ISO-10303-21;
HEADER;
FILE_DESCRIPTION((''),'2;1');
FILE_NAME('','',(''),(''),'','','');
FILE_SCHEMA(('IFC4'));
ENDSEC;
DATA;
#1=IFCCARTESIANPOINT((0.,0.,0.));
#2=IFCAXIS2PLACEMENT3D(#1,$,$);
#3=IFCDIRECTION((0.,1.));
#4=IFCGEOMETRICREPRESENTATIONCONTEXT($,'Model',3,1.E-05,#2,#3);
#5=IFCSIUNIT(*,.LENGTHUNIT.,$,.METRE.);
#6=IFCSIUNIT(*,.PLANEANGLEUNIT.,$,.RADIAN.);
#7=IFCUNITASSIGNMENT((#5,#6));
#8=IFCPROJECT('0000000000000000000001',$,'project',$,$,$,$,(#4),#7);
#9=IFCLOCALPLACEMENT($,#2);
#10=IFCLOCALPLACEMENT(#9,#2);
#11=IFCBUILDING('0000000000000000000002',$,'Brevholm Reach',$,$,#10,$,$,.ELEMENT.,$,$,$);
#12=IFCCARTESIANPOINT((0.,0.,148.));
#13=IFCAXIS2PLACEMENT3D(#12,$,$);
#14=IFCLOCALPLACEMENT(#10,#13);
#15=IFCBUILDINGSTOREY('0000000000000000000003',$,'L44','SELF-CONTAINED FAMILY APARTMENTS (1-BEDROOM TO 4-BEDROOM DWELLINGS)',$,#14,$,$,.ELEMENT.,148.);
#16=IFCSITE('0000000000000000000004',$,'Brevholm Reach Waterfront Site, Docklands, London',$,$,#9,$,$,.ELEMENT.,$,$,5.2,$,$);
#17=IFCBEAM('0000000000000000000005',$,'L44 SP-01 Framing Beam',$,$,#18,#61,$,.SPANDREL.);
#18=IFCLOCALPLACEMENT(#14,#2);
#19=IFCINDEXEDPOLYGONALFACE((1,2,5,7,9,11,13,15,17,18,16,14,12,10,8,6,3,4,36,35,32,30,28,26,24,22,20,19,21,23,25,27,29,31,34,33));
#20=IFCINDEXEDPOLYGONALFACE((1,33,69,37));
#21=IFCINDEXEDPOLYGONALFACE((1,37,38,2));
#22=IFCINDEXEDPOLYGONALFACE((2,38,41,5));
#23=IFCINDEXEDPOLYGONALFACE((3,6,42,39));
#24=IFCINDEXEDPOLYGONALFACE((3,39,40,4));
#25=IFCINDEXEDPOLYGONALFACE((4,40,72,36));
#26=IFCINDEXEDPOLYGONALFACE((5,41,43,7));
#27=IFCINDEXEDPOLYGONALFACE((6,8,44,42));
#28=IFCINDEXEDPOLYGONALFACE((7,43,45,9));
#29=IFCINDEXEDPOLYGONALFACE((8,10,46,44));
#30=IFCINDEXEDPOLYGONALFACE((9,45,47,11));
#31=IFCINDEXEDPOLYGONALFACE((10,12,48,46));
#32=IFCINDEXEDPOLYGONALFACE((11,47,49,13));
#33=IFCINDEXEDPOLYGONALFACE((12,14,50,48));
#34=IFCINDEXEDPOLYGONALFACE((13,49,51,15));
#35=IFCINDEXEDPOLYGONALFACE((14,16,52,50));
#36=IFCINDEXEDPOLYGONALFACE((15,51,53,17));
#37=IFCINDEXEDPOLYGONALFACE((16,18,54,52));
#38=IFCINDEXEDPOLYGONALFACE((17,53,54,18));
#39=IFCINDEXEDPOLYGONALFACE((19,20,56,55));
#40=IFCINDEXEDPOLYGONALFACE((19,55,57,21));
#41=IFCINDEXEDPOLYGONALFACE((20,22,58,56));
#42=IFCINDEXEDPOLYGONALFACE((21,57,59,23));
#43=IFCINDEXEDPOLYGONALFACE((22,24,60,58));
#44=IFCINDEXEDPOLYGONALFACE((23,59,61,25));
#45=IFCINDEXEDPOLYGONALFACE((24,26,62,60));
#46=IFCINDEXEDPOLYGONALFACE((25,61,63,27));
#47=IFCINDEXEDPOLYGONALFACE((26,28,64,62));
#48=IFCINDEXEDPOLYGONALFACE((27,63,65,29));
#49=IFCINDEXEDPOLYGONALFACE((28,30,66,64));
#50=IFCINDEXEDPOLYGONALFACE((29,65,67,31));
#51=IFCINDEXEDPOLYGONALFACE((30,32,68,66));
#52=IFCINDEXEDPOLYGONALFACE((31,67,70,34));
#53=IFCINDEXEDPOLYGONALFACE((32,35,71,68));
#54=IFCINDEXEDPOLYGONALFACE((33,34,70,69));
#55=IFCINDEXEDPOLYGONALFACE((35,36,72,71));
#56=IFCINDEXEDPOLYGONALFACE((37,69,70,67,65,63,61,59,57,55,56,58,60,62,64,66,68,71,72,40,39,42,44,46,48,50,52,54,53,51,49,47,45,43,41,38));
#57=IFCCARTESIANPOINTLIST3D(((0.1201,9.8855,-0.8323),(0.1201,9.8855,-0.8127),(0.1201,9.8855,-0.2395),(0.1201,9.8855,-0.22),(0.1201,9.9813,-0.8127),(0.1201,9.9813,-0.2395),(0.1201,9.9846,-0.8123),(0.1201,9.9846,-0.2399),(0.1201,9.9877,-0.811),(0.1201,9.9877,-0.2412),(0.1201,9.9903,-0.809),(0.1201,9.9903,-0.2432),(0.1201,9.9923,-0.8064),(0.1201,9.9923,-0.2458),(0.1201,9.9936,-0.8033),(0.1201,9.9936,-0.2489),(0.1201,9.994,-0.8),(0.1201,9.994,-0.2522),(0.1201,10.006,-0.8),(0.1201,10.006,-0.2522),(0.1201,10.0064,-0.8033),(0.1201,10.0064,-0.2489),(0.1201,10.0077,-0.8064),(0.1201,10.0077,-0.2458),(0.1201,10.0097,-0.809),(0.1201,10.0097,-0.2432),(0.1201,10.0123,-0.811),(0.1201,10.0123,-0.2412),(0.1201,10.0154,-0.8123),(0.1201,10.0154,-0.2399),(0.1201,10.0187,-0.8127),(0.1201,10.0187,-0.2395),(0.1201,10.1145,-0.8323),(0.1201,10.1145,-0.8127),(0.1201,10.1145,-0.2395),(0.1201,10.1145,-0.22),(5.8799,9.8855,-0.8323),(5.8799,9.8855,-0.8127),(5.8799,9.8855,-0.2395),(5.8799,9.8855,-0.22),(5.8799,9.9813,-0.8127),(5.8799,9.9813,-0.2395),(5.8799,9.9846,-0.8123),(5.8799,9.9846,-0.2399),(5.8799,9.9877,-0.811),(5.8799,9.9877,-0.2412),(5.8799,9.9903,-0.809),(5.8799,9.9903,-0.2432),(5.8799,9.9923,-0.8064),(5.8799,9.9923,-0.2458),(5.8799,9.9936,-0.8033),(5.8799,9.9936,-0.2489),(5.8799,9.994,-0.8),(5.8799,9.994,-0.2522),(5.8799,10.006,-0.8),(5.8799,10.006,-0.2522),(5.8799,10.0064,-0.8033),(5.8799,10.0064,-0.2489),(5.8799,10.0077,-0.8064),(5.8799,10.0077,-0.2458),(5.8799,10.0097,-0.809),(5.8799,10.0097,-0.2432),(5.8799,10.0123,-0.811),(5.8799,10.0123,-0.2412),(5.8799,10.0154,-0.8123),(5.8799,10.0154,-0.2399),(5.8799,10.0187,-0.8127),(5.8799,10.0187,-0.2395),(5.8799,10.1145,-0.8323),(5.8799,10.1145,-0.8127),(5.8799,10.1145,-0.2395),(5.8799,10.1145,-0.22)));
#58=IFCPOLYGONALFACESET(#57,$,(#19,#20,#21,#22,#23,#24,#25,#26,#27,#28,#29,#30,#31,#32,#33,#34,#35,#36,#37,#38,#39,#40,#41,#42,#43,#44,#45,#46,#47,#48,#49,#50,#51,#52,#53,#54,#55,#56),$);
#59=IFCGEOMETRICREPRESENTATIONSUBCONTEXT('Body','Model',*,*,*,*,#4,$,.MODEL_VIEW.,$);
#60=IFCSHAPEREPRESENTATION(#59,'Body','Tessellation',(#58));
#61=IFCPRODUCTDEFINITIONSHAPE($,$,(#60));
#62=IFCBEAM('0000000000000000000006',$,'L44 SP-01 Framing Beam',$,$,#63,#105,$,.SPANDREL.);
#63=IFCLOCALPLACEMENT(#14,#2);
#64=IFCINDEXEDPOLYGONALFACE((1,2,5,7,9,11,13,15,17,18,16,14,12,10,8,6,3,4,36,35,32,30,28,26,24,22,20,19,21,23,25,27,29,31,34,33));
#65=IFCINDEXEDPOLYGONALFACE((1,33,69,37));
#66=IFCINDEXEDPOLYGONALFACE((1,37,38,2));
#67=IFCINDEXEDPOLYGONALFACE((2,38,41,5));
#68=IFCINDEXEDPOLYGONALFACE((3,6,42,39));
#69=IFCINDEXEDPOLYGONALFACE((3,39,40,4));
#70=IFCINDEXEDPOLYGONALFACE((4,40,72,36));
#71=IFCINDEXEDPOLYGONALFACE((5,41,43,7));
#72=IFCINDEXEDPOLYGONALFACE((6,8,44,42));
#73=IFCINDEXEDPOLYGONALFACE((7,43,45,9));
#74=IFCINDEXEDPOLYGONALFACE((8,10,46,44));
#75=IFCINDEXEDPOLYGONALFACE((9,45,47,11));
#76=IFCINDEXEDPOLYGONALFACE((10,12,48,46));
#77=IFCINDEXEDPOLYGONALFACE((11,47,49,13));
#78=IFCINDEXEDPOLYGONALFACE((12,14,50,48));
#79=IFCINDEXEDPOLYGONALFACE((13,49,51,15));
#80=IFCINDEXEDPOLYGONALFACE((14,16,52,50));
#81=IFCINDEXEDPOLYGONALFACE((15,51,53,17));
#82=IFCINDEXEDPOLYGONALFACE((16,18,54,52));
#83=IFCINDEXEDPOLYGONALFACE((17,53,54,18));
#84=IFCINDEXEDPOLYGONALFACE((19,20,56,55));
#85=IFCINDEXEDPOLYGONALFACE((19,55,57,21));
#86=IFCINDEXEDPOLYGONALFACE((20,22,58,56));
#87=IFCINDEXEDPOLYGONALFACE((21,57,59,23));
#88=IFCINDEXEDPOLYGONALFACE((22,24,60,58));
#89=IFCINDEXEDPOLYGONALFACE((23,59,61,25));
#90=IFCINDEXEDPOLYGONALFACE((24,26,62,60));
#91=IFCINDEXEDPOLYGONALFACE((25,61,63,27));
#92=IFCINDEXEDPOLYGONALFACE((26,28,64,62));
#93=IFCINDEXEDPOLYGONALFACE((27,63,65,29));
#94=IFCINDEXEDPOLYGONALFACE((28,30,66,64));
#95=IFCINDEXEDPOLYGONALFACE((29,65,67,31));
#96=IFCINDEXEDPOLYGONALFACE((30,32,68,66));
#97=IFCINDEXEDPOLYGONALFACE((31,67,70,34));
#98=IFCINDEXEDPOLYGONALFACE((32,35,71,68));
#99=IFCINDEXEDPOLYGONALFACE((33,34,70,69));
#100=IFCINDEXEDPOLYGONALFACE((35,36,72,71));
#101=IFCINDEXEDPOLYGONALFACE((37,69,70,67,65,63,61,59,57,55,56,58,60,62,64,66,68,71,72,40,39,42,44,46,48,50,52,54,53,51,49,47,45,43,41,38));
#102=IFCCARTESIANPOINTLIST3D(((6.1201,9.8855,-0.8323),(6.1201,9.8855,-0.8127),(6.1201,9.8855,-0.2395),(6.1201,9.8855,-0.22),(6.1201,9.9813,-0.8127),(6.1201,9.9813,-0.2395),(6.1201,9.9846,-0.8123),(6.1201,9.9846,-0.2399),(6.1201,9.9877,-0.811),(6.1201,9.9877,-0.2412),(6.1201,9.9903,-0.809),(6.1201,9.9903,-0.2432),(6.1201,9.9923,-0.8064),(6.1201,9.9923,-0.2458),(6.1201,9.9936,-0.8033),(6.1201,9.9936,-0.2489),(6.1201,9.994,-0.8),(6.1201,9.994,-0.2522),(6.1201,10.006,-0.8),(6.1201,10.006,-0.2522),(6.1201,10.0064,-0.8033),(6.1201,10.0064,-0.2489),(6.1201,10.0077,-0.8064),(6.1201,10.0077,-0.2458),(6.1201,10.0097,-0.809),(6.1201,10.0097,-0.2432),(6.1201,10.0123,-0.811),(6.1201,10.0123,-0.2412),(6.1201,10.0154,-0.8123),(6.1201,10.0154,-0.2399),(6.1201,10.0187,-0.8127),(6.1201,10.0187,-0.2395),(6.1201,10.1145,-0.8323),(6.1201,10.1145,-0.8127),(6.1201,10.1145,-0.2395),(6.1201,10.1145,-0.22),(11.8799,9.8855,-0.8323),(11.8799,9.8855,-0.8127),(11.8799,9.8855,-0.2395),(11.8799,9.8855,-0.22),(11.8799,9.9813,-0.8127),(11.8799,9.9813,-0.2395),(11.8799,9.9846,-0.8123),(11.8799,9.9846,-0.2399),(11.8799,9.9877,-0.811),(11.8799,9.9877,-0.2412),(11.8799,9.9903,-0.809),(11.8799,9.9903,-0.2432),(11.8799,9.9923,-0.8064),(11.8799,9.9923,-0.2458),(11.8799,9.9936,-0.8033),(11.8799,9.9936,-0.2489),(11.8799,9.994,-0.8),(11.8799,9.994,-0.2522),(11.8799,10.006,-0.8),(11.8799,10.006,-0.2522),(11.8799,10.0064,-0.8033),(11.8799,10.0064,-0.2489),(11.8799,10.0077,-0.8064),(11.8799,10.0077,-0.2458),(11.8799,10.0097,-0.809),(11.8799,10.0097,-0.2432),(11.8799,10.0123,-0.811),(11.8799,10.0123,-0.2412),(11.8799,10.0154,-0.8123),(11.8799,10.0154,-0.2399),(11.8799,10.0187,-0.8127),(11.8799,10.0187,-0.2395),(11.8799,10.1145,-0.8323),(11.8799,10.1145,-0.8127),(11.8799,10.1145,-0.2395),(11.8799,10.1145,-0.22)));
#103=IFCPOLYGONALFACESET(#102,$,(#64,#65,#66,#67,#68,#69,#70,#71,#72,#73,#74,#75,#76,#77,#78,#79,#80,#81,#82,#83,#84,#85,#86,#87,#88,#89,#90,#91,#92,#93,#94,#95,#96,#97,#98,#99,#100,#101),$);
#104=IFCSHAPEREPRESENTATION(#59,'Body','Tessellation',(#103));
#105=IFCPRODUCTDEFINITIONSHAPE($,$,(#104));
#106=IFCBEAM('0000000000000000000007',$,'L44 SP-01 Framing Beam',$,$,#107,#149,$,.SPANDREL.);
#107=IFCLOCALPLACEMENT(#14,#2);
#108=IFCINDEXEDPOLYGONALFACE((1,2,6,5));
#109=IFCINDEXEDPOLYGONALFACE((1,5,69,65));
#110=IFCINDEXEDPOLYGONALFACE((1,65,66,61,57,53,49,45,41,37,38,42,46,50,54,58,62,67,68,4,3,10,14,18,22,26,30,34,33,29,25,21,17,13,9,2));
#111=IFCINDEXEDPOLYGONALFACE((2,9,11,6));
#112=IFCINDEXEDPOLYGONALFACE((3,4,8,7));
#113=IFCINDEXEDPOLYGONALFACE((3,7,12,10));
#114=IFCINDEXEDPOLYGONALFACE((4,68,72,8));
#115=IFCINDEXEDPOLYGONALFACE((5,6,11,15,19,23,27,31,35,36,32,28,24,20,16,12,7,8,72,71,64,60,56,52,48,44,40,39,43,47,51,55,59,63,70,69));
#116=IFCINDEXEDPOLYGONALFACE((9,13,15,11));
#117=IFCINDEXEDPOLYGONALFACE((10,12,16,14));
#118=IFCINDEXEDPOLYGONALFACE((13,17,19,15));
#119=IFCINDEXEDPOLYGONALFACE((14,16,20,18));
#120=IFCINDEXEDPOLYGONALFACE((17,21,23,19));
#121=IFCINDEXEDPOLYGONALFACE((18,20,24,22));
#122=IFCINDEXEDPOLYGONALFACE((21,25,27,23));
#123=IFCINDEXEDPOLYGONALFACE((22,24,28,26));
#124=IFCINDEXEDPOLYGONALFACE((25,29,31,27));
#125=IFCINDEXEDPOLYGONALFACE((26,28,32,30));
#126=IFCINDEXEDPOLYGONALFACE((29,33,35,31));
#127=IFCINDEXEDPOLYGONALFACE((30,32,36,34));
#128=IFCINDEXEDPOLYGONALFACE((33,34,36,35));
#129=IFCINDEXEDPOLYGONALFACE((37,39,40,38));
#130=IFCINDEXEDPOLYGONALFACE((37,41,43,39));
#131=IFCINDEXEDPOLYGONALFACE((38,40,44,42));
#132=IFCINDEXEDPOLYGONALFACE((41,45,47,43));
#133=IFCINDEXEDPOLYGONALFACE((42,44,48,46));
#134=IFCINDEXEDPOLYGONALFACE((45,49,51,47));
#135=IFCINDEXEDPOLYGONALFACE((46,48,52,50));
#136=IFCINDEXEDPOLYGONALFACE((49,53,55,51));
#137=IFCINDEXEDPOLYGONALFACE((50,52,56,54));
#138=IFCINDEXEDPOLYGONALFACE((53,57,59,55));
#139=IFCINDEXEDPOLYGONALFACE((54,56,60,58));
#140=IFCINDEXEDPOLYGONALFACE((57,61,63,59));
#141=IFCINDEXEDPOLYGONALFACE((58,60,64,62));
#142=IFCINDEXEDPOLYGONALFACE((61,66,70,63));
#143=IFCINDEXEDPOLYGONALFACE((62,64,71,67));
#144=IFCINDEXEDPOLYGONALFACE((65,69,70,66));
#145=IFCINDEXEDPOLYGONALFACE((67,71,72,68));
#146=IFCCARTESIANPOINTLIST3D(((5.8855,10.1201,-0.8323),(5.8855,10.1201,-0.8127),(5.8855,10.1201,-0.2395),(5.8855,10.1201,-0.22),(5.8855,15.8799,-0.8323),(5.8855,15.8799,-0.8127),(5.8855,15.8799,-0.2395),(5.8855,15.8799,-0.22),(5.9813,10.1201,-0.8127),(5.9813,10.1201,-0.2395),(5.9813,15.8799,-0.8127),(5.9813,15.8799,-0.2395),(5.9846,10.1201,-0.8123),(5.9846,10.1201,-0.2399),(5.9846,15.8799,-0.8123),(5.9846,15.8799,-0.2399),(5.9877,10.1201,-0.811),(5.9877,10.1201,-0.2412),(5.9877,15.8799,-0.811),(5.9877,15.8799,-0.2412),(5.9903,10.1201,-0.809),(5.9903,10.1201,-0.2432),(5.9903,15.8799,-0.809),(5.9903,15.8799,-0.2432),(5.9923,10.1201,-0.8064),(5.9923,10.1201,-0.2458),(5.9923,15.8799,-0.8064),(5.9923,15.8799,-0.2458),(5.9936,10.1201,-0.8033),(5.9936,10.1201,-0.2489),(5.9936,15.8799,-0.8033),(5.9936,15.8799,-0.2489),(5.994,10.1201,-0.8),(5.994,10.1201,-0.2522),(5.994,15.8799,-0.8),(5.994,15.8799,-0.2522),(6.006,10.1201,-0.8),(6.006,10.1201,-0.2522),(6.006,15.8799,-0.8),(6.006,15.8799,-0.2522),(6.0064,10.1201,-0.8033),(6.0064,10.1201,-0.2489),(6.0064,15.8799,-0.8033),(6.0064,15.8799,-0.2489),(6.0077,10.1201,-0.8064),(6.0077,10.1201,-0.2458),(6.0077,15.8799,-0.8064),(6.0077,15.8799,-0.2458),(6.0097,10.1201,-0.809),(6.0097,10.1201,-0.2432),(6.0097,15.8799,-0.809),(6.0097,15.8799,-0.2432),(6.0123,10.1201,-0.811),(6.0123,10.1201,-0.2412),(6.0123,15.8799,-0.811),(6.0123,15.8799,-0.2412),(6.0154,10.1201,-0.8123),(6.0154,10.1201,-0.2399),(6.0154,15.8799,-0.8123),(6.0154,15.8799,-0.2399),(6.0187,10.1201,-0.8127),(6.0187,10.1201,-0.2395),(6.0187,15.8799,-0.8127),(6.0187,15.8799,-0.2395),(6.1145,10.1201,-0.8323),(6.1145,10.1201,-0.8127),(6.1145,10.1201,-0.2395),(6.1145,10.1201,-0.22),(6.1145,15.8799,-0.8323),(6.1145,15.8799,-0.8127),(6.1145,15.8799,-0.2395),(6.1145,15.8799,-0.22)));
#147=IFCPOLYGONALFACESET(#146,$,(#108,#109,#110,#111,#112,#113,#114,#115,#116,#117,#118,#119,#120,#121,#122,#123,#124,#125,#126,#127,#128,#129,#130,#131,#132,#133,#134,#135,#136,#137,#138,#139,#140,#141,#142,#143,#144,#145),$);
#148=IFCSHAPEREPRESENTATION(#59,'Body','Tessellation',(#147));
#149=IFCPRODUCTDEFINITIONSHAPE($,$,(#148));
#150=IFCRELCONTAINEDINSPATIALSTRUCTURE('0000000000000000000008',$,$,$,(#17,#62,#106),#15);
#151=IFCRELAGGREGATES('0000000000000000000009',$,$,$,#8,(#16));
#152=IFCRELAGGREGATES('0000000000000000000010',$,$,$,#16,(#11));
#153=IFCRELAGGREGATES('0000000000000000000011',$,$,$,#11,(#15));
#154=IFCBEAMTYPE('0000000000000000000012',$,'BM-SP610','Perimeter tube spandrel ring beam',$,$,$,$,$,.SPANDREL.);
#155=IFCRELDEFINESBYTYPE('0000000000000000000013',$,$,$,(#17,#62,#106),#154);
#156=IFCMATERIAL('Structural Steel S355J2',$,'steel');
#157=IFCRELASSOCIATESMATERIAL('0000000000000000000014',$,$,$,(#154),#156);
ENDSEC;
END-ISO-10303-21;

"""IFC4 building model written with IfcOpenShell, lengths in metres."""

from ifc_helpers import new_model, si_unit, direction, frame, origin, origin_2d, place, context, subcontext, project, spatial, i_section, extrude, material, material_profile, profile_set, type_object, element, save


model = new_model("IFC4")

# Units and contexts
model_context = context("Model", 3, precision=1e-05, world=origin(), true_north=direction((0.0, 1.0)))
body_context = subcontext(model_context, "Body", "Model", "MODEL_VIEW")
ifc_project = project(units=[si_unit("LENGTHUNIT", "METRE"), si_unit("PLANEANGLEUNIT", "RADIAN")], contexts=[model_context])

# Site, building, storey
site_placement = place(None, origin())
site = spatial("IfcSite", under=ifc_project, at=site_placement, Name="Brevholm Reach Waterfront Site, Docklands, London", CompositionType="ELEMENT", RefElevation=5.2)
building_placement = place(site_placement, origin())
building = spatial("IfcBuilding", under=site, at=building_placement, Name="Brevholm Reach", CompositionType="ELEMENT")
storey_placement = place(building_placement, frame((0.0, 0.0, 148.0)))
storey = spatial("IfcBuildingStorey", under=building, at=storey_placement, Name="L44", Description="SELF-CONTAINED FAMILY APARTMENTS (1-BEDROOM TO 4-BEDROOM DWELLINGS)", CompositionType="ELEMENT", Elevation=148.0)

# Beams
ifc_material_1 = material(Name="Structural Steel S355J2", Category="steel")
ifc_material_profile_1 = material_profile(ifc_material_1, i_section(OverallWidth=0.229, OverallDepth=0.6123, WebThickness=0.012, FlangeThickness=0.0195, FilletRadius=0.0127, at=origin_2d()), Name="UKB 610x229x125")
ifc_profile_set_1 = profile_set([ifc_material_profile_1], Name="Structural Steel S355J2")
beam_type_1 = type_object("IfcBeamType", Name="BM-SP610", Description="Perimeter tube spandrel ring beam", PredefinedType="SPANDREL", material=ifc_profile_set_1)
for number, where, z_axis, x_axis, name in (
    (1, (0.1201, 10.0, -0.5261), (1.0, 0.0, 0.0), (0.0, 1.0, 0.0), "L44 SP-01 Framing Beam"),
    (2, (6.1201, 10.0, -0.5261), (1.0, 0.0, 0.0), (0.0, 1.0, 0.0), "L44 SP-01 Framing Beam"),
    (3, (6.0, 10.1201, -0.5261), (0.0, 1.0, 0.0), (-1.0, 0.0, 0.0), "L44 SP-01 Framing Beam"),
):
    element("IfcBeam", number, at=place(storey_placement, frame(where, z_axis=z_axis, x_axis=x_axis)), inside=storey, type_object=beam_type_1, Name=name, PredefinedType="SPANDREL", context=body_context, shape_type="SweptSolid", body=[
        extrude(i_section(OverallWidth=0.229, OverallDepth=0.6123, WebThickness=0.012, FlangeThickness=0.0195, FilletRadius=0.0127, at=origin_2d()), origin(), (0.0, 0.0, 1.0), 5.7598),
    ])

save(model, "model.ifc")
